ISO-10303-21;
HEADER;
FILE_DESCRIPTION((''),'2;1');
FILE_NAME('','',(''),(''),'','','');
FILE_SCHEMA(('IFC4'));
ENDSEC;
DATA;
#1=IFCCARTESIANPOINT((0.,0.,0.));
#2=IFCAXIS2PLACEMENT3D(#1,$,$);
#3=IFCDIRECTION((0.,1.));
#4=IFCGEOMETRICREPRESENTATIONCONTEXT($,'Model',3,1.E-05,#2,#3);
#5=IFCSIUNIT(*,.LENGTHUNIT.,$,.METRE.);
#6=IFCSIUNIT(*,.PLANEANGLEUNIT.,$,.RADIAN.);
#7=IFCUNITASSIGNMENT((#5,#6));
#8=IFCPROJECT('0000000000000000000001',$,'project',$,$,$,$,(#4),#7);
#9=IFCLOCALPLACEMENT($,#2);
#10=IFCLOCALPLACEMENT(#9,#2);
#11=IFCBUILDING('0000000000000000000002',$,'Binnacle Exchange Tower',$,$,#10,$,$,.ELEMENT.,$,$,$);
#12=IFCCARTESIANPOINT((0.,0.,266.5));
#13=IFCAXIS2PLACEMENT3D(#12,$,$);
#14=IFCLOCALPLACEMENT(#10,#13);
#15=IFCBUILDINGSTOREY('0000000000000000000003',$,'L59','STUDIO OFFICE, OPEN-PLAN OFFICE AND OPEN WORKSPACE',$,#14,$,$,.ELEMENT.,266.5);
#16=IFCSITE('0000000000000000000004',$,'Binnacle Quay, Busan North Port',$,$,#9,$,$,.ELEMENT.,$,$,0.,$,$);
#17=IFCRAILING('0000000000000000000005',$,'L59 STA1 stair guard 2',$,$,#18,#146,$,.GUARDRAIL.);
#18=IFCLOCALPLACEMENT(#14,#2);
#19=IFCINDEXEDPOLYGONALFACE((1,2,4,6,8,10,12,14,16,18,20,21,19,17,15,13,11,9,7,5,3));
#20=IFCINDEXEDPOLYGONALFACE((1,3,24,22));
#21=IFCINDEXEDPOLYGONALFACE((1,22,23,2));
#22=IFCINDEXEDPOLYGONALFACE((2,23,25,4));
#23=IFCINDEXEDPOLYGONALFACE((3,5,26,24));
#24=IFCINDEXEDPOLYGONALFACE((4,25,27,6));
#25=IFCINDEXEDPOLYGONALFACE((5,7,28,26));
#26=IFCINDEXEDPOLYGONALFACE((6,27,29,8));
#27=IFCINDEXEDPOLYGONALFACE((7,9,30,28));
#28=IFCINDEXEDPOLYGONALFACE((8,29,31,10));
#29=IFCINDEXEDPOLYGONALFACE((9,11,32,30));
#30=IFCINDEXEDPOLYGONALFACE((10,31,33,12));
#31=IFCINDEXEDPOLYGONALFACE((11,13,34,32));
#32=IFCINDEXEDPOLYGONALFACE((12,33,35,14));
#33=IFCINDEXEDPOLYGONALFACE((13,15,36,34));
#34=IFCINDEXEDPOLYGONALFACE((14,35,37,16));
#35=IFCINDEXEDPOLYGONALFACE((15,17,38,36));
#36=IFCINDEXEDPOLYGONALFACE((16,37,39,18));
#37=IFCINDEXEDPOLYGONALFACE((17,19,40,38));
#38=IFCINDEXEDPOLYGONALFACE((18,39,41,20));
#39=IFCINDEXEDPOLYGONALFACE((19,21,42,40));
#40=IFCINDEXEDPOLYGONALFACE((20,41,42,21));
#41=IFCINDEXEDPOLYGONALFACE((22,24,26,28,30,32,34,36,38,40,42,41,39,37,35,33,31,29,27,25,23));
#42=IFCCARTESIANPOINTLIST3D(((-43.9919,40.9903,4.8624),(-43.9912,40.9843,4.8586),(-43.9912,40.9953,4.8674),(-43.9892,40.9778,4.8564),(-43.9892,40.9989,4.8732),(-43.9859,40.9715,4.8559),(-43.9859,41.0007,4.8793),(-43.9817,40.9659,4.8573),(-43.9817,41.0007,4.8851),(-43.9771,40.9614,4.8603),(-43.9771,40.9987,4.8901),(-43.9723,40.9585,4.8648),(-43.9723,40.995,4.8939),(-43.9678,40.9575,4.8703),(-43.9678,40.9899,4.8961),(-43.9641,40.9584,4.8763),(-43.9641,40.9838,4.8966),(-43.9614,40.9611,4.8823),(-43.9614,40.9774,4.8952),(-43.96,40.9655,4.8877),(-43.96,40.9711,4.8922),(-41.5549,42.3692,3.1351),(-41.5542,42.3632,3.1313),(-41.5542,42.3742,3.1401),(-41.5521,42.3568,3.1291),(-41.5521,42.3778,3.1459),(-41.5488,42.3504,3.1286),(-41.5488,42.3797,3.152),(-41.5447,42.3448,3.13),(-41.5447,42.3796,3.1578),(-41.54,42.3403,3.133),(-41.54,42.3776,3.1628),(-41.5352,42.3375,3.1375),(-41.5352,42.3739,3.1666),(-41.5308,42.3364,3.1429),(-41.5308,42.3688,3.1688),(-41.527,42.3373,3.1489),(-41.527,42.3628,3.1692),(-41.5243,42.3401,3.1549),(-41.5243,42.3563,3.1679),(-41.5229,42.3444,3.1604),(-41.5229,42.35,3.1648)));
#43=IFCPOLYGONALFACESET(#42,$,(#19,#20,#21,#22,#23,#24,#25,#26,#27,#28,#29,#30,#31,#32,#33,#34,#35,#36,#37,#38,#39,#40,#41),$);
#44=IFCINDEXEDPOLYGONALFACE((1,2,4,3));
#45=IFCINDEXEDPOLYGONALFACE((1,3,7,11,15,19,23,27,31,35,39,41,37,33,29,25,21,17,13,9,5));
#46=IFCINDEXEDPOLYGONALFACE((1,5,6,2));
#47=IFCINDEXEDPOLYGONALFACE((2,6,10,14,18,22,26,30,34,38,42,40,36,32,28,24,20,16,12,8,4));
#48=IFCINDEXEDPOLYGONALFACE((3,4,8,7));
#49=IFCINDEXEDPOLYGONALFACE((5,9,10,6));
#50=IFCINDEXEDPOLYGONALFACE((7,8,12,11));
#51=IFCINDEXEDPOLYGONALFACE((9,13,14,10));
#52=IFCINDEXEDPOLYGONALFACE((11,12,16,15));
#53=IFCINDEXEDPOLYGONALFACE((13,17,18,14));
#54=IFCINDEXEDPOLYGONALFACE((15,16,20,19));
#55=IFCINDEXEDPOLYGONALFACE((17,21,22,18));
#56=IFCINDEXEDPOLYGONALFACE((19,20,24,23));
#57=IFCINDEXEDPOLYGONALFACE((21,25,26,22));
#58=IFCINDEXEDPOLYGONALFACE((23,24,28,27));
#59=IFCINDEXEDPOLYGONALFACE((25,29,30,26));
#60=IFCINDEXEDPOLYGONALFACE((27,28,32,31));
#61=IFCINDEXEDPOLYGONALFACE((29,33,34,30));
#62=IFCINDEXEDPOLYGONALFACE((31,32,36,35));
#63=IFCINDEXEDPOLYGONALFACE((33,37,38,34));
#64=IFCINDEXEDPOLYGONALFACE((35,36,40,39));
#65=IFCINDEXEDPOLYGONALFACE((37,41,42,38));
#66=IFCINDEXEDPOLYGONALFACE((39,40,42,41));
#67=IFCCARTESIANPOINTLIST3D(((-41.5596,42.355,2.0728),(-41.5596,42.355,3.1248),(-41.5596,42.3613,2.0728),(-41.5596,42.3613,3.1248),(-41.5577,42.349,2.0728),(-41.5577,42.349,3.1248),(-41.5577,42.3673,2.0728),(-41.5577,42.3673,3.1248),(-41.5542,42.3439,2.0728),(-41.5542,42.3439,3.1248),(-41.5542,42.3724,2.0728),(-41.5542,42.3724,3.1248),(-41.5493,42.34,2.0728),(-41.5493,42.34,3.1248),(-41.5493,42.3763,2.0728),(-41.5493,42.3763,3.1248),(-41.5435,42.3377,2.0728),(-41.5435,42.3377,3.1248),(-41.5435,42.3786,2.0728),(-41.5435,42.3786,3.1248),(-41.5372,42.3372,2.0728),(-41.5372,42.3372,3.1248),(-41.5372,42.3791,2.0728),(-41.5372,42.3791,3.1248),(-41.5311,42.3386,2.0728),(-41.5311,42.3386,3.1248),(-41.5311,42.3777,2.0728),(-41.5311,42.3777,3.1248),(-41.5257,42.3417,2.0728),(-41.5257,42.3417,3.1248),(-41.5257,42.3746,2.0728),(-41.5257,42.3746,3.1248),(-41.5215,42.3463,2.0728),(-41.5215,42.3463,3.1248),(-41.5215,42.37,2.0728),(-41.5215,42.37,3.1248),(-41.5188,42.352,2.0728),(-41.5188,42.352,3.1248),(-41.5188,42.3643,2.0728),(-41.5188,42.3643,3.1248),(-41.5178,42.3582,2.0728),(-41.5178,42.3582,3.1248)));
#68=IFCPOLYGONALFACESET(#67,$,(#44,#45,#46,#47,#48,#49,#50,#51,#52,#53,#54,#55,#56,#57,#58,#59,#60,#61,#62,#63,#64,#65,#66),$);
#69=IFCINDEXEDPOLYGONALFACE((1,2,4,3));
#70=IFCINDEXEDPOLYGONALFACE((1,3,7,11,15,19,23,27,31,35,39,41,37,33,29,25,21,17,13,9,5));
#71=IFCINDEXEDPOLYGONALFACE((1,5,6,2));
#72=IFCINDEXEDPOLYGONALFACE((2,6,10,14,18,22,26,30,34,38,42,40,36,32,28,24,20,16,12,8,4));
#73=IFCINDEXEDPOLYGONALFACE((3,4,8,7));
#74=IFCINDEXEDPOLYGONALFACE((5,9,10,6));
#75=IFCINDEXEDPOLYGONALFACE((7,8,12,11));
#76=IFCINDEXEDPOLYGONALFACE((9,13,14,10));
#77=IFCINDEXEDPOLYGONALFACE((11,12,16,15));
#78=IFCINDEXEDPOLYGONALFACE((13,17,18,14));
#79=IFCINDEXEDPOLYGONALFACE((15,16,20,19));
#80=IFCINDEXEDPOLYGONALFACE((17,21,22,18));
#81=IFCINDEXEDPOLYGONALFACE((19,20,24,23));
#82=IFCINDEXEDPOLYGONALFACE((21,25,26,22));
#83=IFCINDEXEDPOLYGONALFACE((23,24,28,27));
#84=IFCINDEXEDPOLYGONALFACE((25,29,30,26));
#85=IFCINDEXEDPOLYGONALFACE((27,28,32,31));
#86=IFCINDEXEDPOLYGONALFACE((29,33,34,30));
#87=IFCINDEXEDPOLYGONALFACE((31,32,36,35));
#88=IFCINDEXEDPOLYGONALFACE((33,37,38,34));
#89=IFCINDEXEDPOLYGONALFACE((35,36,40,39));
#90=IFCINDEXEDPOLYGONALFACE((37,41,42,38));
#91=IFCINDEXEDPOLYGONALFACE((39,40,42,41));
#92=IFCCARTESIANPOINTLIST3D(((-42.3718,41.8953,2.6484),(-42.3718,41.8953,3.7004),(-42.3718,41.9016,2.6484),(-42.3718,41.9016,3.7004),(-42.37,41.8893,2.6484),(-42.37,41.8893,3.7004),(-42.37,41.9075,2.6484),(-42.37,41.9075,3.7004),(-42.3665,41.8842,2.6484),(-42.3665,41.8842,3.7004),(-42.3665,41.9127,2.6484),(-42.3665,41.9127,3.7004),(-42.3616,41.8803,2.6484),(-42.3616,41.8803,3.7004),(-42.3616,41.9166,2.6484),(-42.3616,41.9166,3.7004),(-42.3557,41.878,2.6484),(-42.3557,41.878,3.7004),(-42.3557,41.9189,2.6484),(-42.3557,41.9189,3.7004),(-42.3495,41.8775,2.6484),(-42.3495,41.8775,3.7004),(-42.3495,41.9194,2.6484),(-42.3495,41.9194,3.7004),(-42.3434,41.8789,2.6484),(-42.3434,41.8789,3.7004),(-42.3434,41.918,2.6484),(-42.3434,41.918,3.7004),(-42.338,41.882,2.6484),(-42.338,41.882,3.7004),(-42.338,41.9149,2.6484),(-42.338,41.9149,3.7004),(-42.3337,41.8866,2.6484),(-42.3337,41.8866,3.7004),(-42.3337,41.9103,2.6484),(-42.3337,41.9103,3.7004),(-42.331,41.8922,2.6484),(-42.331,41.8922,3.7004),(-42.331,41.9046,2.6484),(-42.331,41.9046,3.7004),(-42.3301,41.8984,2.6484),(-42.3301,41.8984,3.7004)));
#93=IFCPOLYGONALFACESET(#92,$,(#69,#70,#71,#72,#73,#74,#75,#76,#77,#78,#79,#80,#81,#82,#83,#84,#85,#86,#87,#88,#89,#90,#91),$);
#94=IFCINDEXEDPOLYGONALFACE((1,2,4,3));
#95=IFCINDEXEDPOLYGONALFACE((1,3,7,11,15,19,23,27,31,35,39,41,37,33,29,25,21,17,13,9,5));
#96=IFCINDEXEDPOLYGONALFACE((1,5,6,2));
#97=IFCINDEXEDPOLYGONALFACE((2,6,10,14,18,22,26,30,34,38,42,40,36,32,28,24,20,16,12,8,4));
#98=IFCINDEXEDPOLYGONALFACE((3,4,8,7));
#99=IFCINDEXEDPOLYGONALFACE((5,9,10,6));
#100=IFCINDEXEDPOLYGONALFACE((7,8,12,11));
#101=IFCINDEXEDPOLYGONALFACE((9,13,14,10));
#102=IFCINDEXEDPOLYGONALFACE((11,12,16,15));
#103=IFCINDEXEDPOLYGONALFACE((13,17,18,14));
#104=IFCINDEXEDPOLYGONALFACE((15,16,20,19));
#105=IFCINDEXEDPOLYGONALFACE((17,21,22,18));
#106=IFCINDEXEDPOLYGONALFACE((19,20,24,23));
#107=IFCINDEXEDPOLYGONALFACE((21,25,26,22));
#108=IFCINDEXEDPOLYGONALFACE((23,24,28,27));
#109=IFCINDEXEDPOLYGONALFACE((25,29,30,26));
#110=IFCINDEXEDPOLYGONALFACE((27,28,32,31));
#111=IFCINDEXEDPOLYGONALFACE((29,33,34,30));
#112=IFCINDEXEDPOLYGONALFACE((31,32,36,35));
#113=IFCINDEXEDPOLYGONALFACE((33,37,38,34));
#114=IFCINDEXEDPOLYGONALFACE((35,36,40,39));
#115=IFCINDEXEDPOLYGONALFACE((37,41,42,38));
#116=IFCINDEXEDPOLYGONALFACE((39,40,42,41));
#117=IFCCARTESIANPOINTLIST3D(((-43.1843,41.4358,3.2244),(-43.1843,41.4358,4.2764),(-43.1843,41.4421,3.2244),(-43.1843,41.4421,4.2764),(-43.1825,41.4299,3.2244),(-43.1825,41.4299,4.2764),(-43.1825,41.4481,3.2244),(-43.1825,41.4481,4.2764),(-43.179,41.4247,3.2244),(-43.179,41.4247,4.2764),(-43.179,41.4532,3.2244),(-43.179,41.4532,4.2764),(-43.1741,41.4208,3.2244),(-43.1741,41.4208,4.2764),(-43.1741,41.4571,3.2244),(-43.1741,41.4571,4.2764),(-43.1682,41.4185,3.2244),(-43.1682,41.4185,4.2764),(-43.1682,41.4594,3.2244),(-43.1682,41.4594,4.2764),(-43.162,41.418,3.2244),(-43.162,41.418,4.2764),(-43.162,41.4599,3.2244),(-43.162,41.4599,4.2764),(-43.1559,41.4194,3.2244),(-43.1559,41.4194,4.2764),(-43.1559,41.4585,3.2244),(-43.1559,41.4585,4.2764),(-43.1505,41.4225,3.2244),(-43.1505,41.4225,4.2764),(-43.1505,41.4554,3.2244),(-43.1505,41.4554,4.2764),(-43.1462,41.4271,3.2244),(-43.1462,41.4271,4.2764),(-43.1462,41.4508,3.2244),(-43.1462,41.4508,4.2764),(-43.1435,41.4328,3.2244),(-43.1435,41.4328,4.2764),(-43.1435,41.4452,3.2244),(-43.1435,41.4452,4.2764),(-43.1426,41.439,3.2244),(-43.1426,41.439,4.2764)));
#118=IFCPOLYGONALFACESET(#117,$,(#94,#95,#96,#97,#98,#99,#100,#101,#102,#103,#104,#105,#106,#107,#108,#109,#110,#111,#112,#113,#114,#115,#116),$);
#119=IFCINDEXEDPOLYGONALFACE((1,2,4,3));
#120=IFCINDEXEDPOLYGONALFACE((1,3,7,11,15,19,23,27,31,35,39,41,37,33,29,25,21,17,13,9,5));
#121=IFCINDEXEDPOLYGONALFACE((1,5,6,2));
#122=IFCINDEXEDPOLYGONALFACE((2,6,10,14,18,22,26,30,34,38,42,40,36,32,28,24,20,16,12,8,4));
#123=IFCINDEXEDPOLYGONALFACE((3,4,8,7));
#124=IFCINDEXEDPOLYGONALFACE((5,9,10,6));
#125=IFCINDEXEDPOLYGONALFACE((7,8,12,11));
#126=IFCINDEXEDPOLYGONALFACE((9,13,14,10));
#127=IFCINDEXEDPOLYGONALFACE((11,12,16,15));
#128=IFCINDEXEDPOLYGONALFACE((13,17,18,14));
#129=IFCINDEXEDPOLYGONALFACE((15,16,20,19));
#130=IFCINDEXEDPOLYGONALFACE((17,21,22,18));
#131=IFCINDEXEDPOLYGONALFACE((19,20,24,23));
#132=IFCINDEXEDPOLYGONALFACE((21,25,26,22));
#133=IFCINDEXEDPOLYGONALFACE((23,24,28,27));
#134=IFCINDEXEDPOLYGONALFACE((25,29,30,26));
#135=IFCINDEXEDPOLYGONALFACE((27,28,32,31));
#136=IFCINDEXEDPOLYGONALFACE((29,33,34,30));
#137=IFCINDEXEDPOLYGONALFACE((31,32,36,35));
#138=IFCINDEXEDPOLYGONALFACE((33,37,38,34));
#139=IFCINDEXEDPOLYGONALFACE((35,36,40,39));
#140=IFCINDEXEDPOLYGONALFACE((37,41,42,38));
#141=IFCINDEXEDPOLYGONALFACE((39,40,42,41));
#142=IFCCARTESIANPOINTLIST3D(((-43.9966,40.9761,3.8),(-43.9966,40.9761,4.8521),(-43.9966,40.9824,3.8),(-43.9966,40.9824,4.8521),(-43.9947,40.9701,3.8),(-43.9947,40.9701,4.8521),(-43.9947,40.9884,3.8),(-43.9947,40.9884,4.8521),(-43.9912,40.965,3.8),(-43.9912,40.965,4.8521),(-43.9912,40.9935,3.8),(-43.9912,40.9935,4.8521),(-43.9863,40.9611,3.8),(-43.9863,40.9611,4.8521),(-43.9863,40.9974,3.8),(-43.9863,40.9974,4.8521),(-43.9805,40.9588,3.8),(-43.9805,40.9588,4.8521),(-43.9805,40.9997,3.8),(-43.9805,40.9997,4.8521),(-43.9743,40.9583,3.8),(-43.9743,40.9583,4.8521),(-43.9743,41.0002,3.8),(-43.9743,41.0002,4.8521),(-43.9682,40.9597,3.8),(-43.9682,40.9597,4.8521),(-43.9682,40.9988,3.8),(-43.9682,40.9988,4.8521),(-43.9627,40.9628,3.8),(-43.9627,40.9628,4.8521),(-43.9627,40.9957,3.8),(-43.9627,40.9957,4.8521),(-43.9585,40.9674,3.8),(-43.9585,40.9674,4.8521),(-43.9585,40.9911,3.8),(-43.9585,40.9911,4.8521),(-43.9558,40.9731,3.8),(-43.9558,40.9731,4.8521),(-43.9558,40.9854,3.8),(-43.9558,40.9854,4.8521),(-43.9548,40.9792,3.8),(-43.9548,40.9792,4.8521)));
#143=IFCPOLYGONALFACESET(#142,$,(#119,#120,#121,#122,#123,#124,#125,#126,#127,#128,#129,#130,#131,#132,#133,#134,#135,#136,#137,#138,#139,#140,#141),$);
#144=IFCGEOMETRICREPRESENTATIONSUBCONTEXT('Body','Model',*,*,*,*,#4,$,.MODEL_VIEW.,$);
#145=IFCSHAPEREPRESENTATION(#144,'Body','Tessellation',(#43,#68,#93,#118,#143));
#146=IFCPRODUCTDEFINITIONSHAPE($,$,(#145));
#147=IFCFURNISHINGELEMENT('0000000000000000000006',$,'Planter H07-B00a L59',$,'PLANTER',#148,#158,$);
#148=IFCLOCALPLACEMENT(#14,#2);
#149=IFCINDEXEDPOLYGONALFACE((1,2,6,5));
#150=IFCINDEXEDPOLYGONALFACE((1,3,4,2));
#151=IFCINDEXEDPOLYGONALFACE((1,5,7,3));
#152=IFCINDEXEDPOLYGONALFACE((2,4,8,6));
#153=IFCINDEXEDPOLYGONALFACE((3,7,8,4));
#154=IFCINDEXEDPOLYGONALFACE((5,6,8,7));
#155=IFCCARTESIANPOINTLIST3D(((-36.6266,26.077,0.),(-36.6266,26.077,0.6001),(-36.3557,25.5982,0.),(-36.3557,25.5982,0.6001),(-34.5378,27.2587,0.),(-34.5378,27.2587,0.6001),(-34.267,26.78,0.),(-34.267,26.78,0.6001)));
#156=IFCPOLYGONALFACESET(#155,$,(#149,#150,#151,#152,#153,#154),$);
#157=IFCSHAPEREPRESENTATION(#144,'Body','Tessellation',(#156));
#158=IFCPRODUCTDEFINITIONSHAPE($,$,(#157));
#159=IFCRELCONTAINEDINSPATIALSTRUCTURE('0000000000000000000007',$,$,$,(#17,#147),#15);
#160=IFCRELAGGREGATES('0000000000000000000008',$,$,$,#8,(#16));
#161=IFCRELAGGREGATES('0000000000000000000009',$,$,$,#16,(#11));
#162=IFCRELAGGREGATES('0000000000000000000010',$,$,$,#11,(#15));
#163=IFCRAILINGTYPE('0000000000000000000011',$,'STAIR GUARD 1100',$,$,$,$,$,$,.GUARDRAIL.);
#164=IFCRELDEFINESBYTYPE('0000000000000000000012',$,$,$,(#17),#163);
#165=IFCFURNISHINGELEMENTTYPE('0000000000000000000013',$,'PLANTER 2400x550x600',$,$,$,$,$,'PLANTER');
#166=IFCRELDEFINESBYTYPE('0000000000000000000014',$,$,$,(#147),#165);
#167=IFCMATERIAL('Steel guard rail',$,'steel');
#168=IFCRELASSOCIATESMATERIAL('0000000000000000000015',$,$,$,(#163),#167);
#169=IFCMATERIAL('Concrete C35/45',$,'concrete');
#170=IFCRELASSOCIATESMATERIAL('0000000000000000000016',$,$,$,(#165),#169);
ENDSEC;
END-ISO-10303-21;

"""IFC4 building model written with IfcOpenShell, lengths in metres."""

from ifc_helpers import new_model, si_unit, direction, frame, origin, origin_2d, place, context, subcontext, project, spatial, rectangle, circle, extrude, material, type_object, element, save


model = new_model("IFC4")

# Units and contexts
model_context = context("Model", 3, precision=1e-05, world=origin(), true_north=direction((0.0, 1.0)))
body_context = subcontext(model_context, "Body", "Model", "MODEL_VIEW")
ifc_project = project(units=[si_unit("LENGTHUNIT", "METRE"), si_unit("PLANEANGLEUNIT", "RADIAN")], contexts=[model_context])

# Site, building, storey
site_placement = place(None, origin())
site = spatial("IfcSite", under=ifc_project, at=site_placement, Name="Binnacle Quay, Busan North Port", CompositionType="ELEMENT", RefElevation=0.0)
building_placement = place(site_placement, origin())
building = spatial("IfcBuilding", under=site, at=building_placement, Name="Binnacle Exchange Tower", CompositionType="ELEMENT")
storey_placement = place(building_placement, frame((0.0, 0.0, 266.5)))
storey = spatial("IfcBuildingStorey", under=building, at=storey_placement, Name="L59", Description="STUDIO OFFICE, OPEN-PLAN OFFICE AND OPEN WORKSPACE", CompositionType="ELEMENT", Elevation=266.5)

# Railing
ifc_material_1 = material(Name="Steel guard rail", Category="steel")
railing_type_1 = type_object("IfcRailingType", Name="STAIR GUARD 1100", PredefinedType="GUARDRAIL", material=ifc_material_1)
railing_1_placement = place(storey_placement, frame((-41.5388, 42.3582, 2.0728)))
element("IfcRailing", 1, at=railing_1_placement, inside=storey, type_object=railing_type_1, Name="L59 STA1 stair guard 2", PredefinedType="GUARDRAIL", context=body_context, shape_type="SweptSolid", body=[
    extrude(circle(Radius=0.0239, at=origin_2d()), frame((0.0, 0.0, 1.0762), z_axis=(-0.740738, -0.419123, 0.525017), x_axis=(0.492454, -0.870339, 0.0)), (0.0, 0.0, 1.0), 3.29),
    extrude(circle(Radius=0.021, at=origin_2d()), origin(), (0.0, 0.0, 1.0), 1.052),
    extrude(circle(Radius=0.021, at=origin_2d()), frame((-0.8123, -0.4597, 0.5757)), (0.0, 0.0, 1.0), 1.052),
    extrude(circle(Radius=0.021, at=origin_2d()), frame((-1.6248, -0.9192, 1.1516)), (0.0, 0.0, 1.0), 1.052),
    extrude(circle(Radius=0.021, at=origin_2d()), frame((-2.437, -1.3789, 1.7273)), (0.0, 0.0, 1.0), 1.052),
])

# Furnishing element
ifc_material_2 = material(Name="Concrete C35/45", Category="concrete")
furnishing_element_type = type_object("IfcFurnishingElementType", Name="PLANTER 2400x550x600", ElementType="PLANTER", material=ifc_material_2)
furnishing_placement = place(storey_placement, frame((-35.4468, 26.4285, 0.0), z_axis=(0.0, 0.0, 1.0), x_axis=(0.870356, 0.492424, 0.0)))
element("IfcFurnishingElement", 2, at=furnishing_placement, inside=storey, type_object=furnishing_element_type, Name="Planter H07-B00a L59", ObjectType="PLANTER", context=body_context, shape_type="SweptSolid", body=[
    extrude(rectangle(XDim=2.3999, YDim=0.55, at=origin_2d()), origin(), (0.0, 0.0, 1.0), 0.6001),
])

save(model, "model.ifc")
